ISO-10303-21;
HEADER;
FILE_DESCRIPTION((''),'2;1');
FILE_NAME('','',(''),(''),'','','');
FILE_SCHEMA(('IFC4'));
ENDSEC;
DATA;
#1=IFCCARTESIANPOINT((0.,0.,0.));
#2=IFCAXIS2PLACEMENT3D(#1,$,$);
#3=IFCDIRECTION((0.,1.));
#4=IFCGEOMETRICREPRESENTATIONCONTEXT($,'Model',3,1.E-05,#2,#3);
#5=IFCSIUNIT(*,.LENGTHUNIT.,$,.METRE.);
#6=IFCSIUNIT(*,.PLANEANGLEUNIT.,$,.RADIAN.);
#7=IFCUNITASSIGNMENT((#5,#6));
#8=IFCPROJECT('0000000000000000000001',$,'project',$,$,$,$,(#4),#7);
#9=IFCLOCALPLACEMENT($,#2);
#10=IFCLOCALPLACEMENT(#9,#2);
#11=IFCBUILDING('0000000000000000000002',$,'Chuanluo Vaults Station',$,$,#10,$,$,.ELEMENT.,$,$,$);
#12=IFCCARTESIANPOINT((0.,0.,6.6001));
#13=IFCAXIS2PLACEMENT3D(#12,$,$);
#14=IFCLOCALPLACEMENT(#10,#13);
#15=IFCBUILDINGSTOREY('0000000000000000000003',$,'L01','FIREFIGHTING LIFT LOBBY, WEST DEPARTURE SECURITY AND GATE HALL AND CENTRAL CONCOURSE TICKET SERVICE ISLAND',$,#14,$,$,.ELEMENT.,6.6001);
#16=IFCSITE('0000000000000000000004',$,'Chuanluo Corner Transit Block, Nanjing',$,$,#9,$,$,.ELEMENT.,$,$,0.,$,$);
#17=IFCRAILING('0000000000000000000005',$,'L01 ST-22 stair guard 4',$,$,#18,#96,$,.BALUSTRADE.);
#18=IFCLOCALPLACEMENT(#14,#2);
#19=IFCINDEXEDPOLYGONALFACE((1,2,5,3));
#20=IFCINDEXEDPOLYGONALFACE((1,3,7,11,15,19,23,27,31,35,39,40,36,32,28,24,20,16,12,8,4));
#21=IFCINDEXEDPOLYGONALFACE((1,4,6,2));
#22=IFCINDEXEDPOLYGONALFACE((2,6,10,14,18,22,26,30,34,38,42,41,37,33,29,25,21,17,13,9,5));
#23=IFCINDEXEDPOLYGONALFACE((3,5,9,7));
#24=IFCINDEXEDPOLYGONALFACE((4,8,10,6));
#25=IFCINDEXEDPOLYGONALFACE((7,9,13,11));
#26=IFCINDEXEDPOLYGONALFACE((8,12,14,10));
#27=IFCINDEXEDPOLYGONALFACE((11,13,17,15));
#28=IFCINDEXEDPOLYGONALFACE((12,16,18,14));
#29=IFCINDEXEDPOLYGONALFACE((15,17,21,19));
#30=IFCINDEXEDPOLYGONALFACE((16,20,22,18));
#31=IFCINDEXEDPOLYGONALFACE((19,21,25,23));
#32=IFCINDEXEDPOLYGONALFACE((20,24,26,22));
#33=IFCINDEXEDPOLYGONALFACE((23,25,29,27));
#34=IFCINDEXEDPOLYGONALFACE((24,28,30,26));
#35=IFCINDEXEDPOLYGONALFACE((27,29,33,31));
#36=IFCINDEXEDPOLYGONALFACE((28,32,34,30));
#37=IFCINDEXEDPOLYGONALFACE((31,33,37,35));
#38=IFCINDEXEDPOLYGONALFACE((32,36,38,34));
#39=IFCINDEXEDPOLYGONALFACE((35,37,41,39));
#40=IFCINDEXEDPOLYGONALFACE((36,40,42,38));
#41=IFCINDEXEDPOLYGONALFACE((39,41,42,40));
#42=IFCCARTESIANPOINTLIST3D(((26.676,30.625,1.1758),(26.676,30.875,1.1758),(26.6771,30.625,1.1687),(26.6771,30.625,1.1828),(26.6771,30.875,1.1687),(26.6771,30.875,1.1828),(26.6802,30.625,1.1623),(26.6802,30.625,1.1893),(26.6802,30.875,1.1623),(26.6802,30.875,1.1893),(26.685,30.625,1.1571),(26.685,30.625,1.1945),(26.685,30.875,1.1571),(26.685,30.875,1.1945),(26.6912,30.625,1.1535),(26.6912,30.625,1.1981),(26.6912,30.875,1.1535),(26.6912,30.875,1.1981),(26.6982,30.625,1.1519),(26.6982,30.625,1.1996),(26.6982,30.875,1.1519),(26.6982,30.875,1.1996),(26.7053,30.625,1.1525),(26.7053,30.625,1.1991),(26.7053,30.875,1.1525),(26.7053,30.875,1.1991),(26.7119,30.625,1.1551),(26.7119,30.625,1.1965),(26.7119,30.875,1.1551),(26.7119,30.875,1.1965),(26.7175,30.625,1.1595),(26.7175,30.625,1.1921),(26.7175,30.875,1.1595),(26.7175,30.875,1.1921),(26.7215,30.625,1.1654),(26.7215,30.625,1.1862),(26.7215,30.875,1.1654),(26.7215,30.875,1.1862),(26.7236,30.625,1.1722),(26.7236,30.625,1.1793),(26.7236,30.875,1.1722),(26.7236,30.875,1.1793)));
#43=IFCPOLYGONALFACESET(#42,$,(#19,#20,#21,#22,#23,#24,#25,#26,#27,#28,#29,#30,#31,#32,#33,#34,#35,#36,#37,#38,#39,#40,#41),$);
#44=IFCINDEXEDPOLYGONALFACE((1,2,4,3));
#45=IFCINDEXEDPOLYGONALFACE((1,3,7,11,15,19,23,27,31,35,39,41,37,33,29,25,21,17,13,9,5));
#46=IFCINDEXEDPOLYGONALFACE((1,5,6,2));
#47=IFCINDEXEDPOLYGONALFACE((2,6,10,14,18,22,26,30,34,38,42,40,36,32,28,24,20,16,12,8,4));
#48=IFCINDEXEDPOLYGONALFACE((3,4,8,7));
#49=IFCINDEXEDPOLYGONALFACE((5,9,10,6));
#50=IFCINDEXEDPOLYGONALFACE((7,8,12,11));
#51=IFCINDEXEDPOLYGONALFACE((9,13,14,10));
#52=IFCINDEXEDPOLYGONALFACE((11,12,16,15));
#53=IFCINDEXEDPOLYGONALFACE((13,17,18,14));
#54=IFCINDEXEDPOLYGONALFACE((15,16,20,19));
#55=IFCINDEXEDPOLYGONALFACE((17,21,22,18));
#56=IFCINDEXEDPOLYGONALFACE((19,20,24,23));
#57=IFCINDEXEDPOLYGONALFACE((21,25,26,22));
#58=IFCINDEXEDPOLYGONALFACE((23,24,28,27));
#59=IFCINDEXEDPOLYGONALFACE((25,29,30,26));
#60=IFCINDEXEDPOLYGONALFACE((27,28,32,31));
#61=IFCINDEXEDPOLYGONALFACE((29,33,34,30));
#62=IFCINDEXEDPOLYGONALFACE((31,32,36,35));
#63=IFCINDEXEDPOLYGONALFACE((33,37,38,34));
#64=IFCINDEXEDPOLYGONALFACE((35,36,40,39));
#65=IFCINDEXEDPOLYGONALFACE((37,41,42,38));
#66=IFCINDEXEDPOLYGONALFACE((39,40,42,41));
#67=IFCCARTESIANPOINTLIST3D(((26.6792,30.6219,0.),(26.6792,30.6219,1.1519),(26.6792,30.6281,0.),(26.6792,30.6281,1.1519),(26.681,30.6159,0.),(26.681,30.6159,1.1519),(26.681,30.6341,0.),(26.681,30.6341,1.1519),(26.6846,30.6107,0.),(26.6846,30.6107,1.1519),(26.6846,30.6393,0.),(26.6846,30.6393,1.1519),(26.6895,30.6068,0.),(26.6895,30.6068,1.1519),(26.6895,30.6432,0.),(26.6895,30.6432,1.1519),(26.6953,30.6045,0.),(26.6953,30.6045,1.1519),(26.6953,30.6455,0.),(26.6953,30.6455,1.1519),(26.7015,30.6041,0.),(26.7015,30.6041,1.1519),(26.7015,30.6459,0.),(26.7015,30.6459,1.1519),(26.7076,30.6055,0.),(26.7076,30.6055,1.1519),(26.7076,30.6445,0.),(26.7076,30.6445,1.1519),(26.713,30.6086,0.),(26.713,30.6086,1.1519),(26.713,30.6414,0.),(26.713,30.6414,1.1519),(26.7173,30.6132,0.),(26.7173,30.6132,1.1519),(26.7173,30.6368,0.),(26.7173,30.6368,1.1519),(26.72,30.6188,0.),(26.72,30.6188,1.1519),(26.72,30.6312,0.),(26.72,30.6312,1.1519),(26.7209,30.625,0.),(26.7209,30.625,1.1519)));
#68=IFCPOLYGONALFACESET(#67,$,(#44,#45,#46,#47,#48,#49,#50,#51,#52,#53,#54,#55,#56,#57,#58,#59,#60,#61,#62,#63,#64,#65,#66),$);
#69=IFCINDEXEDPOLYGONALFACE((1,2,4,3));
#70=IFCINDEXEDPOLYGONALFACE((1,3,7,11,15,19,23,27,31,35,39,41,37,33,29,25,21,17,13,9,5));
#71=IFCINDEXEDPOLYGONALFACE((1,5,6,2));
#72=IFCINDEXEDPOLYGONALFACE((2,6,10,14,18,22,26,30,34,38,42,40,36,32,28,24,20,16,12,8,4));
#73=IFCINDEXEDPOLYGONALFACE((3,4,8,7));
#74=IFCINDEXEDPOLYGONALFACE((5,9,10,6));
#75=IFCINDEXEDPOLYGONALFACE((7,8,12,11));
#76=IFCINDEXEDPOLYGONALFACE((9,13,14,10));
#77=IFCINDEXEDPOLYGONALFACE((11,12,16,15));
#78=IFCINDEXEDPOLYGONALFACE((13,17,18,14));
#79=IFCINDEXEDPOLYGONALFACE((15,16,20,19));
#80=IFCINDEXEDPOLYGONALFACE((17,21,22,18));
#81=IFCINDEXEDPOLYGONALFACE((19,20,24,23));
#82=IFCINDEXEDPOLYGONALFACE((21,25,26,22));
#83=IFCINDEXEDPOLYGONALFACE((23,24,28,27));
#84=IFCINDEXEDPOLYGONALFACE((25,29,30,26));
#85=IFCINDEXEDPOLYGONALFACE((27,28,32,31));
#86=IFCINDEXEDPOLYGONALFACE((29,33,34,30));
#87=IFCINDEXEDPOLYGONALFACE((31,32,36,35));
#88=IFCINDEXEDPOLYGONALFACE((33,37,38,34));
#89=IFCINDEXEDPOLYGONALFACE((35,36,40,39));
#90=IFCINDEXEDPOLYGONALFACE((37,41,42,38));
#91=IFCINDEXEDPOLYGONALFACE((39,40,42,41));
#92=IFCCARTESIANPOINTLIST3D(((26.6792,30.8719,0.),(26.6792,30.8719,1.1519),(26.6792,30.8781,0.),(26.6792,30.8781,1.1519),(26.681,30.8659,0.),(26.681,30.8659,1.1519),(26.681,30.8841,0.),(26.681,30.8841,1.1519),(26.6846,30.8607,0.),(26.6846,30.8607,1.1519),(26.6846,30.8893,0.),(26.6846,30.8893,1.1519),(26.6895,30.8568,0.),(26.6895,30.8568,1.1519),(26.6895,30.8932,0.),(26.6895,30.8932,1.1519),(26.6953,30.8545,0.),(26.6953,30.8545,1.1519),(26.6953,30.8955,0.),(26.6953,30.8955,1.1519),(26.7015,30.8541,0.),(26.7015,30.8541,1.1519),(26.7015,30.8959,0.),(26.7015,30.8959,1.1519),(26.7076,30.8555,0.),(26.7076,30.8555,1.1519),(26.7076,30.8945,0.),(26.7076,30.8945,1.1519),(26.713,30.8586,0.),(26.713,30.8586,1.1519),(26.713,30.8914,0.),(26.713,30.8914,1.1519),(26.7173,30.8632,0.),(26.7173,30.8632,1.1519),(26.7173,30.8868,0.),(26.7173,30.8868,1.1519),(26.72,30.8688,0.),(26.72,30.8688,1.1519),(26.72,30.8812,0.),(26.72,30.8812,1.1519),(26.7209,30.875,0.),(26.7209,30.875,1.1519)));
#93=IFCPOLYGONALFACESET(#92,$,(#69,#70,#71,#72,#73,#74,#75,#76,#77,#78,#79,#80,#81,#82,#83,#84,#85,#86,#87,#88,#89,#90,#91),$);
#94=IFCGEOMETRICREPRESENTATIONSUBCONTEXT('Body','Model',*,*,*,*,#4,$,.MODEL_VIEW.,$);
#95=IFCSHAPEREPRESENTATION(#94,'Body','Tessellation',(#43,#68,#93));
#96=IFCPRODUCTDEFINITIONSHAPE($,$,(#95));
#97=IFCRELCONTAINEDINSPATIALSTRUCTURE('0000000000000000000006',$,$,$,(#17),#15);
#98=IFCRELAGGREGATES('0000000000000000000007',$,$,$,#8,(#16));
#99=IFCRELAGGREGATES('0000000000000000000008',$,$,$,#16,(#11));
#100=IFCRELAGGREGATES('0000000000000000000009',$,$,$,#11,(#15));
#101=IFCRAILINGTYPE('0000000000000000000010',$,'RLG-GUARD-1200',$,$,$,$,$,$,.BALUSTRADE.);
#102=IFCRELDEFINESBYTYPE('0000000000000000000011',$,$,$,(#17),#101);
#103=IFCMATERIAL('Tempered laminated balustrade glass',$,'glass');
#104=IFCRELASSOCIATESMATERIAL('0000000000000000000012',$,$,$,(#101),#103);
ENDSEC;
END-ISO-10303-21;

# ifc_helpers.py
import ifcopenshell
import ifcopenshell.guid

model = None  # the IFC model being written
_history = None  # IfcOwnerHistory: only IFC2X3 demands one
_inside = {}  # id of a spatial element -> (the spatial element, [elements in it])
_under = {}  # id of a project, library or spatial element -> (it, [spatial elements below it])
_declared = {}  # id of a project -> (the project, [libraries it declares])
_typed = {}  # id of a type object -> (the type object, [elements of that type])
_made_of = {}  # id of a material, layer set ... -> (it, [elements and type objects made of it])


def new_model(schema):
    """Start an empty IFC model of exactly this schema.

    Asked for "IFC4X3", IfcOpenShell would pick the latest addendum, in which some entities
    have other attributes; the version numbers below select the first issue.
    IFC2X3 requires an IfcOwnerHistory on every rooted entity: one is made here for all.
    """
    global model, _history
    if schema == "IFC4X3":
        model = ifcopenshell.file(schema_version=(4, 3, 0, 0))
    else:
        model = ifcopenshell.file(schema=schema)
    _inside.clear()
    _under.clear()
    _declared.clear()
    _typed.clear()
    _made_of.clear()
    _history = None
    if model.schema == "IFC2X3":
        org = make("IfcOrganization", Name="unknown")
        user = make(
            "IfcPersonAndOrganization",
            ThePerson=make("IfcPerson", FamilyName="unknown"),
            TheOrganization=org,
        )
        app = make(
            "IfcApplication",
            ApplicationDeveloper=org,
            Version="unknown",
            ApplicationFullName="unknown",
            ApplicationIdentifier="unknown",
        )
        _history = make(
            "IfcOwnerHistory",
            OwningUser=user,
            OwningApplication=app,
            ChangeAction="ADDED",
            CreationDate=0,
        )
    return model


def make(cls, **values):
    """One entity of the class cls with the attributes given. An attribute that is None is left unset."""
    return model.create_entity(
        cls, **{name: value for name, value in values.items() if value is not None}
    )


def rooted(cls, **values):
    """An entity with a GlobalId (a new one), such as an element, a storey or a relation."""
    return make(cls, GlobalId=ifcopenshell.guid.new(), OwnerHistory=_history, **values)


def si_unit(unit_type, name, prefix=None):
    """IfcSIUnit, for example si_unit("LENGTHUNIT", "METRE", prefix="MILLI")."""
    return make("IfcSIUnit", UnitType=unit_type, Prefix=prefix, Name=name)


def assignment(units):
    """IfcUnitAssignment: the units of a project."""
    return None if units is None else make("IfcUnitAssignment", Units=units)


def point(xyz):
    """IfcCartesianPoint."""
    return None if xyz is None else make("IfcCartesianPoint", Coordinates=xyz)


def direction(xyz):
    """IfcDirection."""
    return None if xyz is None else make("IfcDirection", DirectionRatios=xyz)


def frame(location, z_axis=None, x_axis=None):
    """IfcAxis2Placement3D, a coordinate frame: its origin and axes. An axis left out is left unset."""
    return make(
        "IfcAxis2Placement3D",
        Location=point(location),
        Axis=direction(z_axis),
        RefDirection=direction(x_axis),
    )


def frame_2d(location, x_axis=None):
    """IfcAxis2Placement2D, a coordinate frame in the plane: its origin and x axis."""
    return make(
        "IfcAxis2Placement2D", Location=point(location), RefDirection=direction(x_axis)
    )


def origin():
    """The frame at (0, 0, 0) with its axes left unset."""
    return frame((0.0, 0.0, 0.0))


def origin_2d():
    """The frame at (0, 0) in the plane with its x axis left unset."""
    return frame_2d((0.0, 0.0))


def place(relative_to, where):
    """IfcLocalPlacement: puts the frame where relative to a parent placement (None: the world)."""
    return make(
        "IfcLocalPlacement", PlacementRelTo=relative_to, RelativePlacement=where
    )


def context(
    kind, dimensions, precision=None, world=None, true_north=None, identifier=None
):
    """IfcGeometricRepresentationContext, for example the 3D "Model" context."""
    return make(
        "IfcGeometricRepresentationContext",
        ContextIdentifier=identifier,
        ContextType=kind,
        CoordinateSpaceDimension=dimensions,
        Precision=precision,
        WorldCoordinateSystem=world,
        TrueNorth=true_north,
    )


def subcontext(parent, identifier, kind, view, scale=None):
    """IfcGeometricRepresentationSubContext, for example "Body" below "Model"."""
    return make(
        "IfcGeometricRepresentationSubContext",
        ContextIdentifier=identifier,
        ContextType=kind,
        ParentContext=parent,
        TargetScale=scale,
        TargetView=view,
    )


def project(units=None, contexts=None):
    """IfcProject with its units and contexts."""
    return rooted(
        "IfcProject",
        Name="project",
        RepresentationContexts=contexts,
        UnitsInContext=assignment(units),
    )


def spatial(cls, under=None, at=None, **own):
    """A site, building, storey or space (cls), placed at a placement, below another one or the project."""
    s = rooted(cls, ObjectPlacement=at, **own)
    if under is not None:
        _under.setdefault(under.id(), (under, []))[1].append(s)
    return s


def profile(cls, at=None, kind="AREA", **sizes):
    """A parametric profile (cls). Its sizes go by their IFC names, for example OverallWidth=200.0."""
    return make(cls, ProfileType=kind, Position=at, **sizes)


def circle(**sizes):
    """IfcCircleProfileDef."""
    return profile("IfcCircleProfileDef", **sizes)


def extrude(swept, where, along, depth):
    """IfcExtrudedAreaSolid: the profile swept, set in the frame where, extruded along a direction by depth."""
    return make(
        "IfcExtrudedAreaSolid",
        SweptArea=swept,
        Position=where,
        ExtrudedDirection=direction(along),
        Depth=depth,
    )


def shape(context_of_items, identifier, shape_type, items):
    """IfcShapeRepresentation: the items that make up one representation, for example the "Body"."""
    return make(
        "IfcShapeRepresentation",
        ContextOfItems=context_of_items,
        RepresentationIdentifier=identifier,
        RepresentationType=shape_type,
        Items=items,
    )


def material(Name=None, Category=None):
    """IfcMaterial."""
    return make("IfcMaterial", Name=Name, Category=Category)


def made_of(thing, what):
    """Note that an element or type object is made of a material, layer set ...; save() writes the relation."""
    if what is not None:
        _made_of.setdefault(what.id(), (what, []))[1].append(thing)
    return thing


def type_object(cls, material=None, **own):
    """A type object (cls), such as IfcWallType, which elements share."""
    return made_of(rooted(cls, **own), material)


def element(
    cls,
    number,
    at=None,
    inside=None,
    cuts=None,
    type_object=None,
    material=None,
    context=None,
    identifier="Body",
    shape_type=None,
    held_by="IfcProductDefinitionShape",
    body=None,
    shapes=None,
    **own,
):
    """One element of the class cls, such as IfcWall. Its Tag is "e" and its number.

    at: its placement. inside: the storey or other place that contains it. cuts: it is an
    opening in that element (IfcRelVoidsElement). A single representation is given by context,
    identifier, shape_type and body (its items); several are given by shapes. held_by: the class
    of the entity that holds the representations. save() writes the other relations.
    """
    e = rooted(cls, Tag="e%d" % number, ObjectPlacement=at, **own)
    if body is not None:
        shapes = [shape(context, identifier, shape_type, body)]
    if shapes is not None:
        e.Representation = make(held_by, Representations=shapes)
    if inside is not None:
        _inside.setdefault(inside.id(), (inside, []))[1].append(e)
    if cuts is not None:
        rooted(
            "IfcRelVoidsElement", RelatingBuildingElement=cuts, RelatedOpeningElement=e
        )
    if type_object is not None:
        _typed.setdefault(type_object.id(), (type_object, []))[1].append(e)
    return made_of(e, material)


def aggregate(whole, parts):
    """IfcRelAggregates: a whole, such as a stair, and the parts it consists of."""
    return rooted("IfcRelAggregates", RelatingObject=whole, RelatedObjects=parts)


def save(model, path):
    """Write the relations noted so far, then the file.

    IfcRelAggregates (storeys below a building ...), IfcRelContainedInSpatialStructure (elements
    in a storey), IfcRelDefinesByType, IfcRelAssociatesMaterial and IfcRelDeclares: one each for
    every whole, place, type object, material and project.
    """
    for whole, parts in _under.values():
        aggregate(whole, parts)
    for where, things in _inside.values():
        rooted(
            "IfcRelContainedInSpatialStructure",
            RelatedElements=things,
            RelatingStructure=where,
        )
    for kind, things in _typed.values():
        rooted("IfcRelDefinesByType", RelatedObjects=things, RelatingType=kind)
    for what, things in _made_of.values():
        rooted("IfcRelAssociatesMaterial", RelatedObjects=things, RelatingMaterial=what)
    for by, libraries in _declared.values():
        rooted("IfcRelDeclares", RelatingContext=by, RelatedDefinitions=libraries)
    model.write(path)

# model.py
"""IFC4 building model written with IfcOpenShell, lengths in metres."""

from ifc_helpers import new_model, si_unit, direction, frame, origin, origin_2d, place, context, subcontext, project, spatial, circle, extrude, material, type_object, element, save


model = new_model("IFC4")

# Units and contexts
model_context = context("Model", 3, precision=1e-05, world=origin(), true_north=direction((0.0, 1.0)))
body_context = subcontext(model_context, "Body", "Model", "MODEL_VIEW")
ifc_project = project(units=[si_unit("LENGTHUNIT", "METRE"), si_unit("PLANEANGLEUNIT", "RADIAN")], contexts=[model_context])

# Site, building, storey
site_placement = place(None, origin())
site = spatial("IfcSite", under=ifc_project, at=site_placement, Name="Chuanluo Corner Transit Block, Nanjing", CompositionType="ELEMENT", RefElevation=0.0)
building_placement = place(site_placement, origin())
building = spatial("IfcBuilding", under=site, at=building_placement, Name="Chuanluo Vaults Station", CompositionType="ELEMENT")
storey_placement = place(building_placement, frame((0.0, 0.0, 6.6001)))
storey = spatial("IfcBuildingStorey", under=building, at=storey_placement, Name="L01", Description="FIREFIGHTING LIFT LOBBY, WEST DEPARTURE SECURITY AND GATE HALL AND CENTRAL CONCOURSE TICKET SERVICE ISLAND", CompositionType="ELEMENT", Elevation=6.6001)

# Railing
ifc_material_1 = material(Name="Tempered laminated balustrade glass", Category="glass")
railing_type_1 = type_object("IfcRailingType", Name="RLG-GUARD-1200", PredefinedType="BALUSTRADE", material=ifc_material_1)
railing_1_placement = place(storey_placement, frame((26.7, 30.625, 0.0)))
element("IfcRailing", 1, at=railing_1_placement, inside=storey, type_object=railing_type_1, Name="L01 ST-22 stair guard 4", PredefinedType="BALUSTRADE", context=body_context, shape_type="SweptSolid", body=[
    extrude(circle(Radius=0.0239, at=origin_2d()), frame((0.0, 0.0, 1.1758), z_axis=(0.0, 1.0, 0.0), x_axis=(-1.0, 0.0, 0.0)), (0.0, 0.0, 1.0), 0.25),
    extrude(circle(Radius=0.021, at=origin_2d()), origin(), (0.0, 0.0, 1.0), 1.1519),
    extrude(circle(Radius=0.021, at=origin_2d()), frame((0.0, 0.25, 0.0)), (0.0, 0.0, 1.0), 1.1519),
])

save(model, "model.ifc")
